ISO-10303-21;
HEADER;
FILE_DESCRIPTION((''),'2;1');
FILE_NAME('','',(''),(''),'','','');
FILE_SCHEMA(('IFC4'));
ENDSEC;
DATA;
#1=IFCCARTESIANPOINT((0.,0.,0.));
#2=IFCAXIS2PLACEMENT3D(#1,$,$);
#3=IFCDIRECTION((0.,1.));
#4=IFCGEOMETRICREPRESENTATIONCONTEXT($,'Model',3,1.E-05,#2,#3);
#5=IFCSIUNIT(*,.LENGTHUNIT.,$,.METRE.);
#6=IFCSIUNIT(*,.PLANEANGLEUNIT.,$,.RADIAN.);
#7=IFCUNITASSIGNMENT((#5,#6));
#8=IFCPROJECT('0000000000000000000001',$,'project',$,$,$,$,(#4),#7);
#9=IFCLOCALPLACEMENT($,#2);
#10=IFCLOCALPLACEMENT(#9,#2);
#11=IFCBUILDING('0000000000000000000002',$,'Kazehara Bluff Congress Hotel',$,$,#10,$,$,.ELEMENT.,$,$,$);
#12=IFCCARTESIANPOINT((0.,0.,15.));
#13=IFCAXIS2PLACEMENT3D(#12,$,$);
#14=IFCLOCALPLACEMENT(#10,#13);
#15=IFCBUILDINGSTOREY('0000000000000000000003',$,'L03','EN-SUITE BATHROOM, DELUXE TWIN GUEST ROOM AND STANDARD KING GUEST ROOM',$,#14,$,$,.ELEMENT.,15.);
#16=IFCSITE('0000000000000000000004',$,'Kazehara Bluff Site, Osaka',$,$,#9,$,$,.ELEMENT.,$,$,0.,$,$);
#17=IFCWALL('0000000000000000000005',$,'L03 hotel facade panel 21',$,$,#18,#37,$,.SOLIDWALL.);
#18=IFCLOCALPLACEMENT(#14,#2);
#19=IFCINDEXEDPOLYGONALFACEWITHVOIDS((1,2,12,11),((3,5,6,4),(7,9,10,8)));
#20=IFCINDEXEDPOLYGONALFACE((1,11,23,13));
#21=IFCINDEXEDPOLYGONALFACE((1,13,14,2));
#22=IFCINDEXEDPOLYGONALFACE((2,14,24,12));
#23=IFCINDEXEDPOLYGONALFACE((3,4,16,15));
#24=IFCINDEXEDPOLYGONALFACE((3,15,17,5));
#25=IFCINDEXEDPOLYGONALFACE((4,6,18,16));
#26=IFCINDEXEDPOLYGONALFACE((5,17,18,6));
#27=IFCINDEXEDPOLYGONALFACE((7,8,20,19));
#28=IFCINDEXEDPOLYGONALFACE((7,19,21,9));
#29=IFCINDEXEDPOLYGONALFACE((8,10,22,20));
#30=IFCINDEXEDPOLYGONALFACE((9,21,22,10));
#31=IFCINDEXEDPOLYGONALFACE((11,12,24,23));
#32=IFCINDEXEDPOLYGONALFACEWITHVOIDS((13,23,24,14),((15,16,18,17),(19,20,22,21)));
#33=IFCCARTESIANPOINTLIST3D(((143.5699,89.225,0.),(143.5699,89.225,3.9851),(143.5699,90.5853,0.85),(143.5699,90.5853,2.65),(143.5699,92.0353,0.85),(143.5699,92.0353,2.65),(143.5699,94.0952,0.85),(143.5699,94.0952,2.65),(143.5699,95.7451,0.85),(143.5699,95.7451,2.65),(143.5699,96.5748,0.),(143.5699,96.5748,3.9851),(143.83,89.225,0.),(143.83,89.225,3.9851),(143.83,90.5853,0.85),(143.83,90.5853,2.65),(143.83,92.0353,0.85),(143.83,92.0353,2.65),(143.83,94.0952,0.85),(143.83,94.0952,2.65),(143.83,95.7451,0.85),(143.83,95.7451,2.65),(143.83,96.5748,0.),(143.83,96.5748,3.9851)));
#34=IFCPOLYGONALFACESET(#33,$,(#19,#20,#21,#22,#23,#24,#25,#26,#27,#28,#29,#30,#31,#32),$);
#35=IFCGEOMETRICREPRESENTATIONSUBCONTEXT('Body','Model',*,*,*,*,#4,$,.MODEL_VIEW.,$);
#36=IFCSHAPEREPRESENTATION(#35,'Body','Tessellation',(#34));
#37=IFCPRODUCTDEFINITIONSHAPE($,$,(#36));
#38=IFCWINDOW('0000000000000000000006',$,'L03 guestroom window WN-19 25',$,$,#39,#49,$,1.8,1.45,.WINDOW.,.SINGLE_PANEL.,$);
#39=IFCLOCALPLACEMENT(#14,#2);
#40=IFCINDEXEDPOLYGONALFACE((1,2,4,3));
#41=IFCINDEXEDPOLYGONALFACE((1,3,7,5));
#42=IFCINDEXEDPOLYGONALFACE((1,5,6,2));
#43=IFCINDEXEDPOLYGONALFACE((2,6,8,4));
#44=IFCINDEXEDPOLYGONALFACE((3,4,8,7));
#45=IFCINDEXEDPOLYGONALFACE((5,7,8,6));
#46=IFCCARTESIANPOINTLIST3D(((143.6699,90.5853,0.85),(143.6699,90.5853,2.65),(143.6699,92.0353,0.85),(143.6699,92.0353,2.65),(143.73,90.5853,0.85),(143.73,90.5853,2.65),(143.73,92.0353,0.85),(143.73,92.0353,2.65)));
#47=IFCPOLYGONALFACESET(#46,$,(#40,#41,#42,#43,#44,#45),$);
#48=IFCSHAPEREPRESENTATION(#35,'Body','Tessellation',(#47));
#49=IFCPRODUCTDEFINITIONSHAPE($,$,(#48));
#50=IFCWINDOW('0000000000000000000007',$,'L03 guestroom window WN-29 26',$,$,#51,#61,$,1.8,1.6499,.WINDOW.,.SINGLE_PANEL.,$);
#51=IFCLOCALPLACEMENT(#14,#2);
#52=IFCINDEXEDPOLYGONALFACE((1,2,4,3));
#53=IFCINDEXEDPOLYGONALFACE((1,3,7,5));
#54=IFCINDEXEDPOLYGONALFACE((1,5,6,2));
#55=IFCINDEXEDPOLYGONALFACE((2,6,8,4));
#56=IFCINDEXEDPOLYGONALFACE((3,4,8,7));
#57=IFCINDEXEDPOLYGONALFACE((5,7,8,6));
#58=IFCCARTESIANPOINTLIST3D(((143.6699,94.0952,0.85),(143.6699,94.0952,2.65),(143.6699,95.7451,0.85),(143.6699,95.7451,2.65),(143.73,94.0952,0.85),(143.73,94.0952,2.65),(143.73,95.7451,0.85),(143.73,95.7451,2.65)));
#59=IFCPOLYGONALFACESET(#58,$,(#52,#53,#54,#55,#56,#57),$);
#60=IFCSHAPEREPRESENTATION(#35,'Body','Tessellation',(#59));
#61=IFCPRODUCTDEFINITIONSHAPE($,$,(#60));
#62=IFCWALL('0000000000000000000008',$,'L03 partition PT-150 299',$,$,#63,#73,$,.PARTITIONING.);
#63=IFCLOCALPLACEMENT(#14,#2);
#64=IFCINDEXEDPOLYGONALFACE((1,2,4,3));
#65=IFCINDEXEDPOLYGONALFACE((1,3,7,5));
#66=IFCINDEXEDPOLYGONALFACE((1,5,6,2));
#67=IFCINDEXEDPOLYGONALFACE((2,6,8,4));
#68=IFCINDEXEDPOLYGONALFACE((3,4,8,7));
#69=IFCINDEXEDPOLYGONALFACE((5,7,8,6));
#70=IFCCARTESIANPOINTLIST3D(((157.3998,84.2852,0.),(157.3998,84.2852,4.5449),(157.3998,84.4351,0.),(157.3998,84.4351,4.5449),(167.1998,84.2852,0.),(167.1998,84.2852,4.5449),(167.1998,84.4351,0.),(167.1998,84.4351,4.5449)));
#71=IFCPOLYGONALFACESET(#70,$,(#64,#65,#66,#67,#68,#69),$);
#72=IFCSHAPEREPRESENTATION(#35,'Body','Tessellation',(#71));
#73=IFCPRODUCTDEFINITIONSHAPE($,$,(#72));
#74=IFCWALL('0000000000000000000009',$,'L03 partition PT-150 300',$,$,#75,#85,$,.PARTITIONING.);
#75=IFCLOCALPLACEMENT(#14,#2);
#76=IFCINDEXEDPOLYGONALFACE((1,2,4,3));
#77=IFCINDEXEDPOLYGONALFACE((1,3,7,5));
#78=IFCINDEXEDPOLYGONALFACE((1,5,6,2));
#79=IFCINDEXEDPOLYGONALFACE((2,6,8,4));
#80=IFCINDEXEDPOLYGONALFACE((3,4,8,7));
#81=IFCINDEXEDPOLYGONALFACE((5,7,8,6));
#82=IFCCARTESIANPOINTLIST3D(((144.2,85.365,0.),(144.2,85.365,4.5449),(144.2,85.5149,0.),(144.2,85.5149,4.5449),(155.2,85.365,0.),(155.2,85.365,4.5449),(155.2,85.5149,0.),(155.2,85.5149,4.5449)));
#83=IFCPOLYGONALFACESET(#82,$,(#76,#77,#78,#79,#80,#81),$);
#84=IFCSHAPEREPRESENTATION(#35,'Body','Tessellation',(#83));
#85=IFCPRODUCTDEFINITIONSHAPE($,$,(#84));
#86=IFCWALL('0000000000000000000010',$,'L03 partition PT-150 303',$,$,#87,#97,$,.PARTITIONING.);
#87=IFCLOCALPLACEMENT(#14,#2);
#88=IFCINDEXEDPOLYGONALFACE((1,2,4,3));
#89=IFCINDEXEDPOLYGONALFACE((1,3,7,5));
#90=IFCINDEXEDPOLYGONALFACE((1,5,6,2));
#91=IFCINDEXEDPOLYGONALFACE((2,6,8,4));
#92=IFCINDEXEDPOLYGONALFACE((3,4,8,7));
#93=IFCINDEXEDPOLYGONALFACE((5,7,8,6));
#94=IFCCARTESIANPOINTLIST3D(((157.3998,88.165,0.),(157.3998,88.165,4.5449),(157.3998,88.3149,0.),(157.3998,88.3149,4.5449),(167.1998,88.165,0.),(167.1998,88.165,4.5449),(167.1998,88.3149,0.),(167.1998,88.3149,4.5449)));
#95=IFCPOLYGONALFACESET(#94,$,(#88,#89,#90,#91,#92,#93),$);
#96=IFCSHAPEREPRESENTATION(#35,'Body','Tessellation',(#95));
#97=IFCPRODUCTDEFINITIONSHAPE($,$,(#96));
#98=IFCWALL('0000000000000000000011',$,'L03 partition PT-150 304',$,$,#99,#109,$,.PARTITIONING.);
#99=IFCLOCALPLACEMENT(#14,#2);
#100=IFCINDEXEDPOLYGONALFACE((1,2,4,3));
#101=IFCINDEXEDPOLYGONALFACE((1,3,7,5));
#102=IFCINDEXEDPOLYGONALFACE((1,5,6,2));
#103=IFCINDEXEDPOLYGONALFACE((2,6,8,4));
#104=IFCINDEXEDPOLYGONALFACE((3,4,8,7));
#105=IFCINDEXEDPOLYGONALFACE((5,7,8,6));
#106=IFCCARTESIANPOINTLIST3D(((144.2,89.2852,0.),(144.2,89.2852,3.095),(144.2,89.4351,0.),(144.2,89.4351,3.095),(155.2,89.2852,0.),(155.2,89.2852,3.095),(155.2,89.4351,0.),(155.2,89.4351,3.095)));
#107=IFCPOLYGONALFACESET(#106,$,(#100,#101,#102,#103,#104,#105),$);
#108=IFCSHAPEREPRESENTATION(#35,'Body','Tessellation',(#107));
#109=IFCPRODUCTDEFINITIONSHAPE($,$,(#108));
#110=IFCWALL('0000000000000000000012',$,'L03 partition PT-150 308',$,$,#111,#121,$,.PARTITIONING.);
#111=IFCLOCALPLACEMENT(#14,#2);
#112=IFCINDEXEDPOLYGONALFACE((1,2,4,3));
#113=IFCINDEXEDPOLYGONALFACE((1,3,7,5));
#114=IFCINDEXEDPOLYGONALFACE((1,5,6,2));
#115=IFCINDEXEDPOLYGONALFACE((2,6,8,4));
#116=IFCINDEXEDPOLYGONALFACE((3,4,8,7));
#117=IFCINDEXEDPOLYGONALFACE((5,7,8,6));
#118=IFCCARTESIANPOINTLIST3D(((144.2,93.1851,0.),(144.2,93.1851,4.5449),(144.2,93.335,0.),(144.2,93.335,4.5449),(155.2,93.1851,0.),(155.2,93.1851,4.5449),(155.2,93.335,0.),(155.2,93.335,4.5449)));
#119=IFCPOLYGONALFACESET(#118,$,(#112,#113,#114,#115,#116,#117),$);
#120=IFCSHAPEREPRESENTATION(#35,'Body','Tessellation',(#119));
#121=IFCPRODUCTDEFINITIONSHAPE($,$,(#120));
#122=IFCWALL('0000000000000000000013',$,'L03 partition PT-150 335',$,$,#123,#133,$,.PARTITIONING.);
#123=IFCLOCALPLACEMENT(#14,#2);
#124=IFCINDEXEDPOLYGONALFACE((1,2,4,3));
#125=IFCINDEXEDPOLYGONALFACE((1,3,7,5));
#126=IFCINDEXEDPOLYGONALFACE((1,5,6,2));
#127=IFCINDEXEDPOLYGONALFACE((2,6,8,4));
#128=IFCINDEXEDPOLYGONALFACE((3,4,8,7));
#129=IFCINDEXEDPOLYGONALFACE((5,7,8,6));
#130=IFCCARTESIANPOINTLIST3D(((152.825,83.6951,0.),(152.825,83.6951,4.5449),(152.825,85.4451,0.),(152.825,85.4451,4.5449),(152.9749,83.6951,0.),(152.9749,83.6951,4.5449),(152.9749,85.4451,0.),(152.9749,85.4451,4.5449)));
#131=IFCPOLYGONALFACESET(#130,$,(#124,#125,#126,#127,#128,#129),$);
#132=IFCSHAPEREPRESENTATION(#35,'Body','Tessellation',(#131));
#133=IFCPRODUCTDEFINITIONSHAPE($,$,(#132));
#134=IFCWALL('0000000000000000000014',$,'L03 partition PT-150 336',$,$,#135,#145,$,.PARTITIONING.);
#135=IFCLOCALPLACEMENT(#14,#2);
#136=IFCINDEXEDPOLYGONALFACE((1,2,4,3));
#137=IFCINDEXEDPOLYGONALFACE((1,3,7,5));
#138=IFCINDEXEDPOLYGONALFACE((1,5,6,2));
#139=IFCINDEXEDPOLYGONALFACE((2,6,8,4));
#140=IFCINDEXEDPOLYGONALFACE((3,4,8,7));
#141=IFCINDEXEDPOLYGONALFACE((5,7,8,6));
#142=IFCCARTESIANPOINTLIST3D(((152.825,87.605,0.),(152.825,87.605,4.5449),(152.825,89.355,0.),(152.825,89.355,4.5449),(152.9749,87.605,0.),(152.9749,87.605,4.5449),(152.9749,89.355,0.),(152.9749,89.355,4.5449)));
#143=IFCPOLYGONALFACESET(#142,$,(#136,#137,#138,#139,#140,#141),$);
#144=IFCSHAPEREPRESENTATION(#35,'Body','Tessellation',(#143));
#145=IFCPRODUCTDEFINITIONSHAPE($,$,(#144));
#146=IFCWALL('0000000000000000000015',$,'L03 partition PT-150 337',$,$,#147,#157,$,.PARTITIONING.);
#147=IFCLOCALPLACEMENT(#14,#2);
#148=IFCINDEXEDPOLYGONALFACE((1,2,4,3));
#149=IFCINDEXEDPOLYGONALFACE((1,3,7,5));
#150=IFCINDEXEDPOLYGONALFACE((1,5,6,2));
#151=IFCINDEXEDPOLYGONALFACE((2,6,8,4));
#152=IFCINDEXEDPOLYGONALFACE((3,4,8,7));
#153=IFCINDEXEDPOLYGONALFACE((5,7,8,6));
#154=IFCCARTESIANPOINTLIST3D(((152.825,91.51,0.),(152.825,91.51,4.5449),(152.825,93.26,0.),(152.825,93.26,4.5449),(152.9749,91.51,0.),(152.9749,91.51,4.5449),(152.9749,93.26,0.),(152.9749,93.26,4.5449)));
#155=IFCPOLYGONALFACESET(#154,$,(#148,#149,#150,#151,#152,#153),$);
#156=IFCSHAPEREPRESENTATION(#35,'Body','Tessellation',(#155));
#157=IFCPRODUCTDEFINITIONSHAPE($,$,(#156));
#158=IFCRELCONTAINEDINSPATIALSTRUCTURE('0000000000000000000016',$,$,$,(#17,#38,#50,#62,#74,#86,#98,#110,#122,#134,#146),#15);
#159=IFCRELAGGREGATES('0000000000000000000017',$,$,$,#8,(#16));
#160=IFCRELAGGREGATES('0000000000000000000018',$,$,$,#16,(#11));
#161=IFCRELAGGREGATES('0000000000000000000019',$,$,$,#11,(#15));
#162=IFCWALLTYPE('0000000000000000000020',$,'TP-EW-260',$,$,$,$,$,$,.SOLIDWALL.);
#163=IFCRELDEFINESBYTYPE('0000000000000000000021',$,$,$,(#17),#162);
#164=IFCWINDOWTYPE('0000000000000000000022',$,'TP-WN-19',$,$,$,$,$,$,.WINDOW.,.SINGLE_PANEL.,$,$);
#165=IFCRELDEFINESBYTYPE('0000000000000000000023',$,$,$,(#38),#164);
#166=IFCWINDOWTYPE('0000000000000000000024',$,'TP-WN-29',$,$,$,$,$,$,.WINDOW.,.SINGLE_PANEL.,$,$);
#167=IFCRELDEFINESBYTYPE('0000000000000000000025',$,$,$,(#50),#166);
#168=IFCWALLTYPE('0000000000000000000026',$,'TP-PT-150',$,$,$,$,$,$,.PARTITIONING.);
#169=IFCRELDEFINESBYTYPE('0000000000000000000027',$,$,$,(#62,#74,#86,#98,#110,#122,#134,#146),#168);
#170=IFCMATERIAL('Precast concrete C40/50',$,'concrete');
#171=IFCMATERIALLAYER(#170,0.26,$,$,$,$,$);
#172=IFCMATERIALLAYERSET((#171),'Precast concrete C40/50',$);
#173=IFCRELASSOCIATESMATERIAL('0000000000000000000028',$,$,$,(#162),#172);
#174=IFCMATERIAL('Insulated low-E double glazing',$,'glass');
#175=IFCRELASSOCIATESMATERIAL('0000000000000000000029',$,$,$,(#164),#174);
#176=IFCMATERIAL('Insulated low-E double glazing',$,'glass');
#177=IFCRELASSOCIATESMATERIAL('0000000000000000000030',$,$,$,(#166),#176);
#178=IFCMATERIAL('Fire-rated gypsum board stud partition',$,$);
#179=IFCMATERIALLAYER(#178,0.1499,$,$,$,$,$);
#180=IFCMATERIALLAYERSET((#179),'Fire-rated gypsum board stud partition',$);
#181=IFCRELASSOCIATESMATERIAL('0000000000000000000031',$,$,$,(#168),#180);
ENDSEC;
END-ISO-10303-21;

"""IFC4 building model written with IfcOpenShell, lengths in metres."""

from ifc_helpers import new_model, si_unit, direction, frame, frame_2d, origin, place, context, subcontext, project, spatial, rectangle, extrude, material, layer, layer_set, type_object, element, fill, save


model = new_model("IFC4")

# Units and contexts
model_context = context("Model", 3, precision=1e-05, world=origin(), true_north=direction((0.0, 1.0)))
body_context = subcontext(model_context, "Body", "Model", "MODEL_VIEW")
ifc_project = project(units=[si_unit("LENGTHUNIT", "METRE"), si_unit("PLANEANGLEUNIT", "RADIAN")], contexts=[model_context])

# Site, building, storey
site_placement = place(None, origin())
site = spatial("IfcSite", under=ifc_project, at=site_placement, Name="Kazehara Bluff Site, Osaka", CompositionType="ELEMENT", RefElevation=0.0)
building_placement = place(site_placement, origin())
building = spatial("IfcBuilding", under=site, at=building_placement, Name="Kazehara Bluff Congress Hotel", CompositionType="ELEMENT")
storey_placement = place(building_placement, frame((0.0, 0.0, 15.0)))
storey = spatial("IfcBuildingStorey", under=building, at=storey_placement, Name="L03", Description="EN-SUITE BATHROOM, DELUXE TWIN GUEST ROOM AND STANDARD KING GUEST ROOM", CompositionType="ELEMENT", Elevation=15.0)

# Wall, openings, windows
ifc_material_1 = material(Name="Precast concrete C40/50", Category="concrete")
ifc_layer_1 = layer(ifc_material_1, 0.26)
ifc_layer_set_1 = layer_set([ifc_layer_1], Name="Precast concrete C40/50")
wall_type_1 = type_object("IfcWallType", Name="TP-EW-260", PredefinedType="SOLIDWALL", material=ifc_layer_set_1)
wall_1_placement = place(storey_placement, frame((143.7, 89.2251, 0.0), z_axis=(0.0, 0.0, 1.0), x_axis=(0.0, 1.0, 0.0)))
wall_1 = element("IfcWall", 1, at=wall_1_placement, inside=storey, type_object=wall_type_1, Name="L03 hotel facade panel 21", PredefinedType="SOLIDWALL", context=body_context, shape_type="SweptSolid", body=[
    extrude(rectangle(XDim=7.3499, YDim=0.26, at=frame_2d((3.6748, 0.0))), origin(), (0.0, 0.0, 1.0), 3.9851),
])
opening_1_placement = place(wall_1_placement, frame((1.3601, 0.0, 0.8501)))
opening_1 = element("IfcOpeningElement", 2, at=opening_1_placement, cuts=wall_1, PredefinedType="OPENING", context=body_context, shape_type="SweptSolid", body=[
    extrude(rectangle(XDim=1.45, YDim=1.8, at=frame_2d((0.7251, 0.8999))), frame((0.0, 0.1399, 0.0), z_axis=(0.0, -1.0, 0.0), x_axis=(1.0, 0.0, 0.0)), (0.0, 0.0, 1.0), 0.28),
])
opening_2_placement = place(wall_1_placement, frame((4.8701, 0.0, 0.8501)))
opening_2 = element("IfcOpeningElement", 3, at=opening_2_placement, cuts=wall_1, PredefinedType="OPENING", context=body_context, shape_type="SweptSolid", body=[
    extrude(rectangle(XDim=1.6499, YDim=1.8, at=frame_2d((0.825, 0.8999))), frame((0.0, 0.1399, 0.0), z_axis=(0.0, -1.0, 0.0), x_axis=(1.0, 0.0, 0.0)), (0.0, 0.0, 1.0), 0.28),
])
ifc_material_2 = material(Name="Insulated low-E double glazing", Category="glass")
window_type_1 = type_object("IfcWindowType", Name="TP-WN-19", PartitioningType="SINGLE_PANEL", PredefinedType="WINDOW", material=ifc_material_2)
window_1_placement = place(opening_1_placement, origin())
window_1 = element("IfcWindow", 4, at=window_1_placement, inside=storey, type_object=window_type_1, Name="L03 guestroom window WN-19 25", OverallHeight=1.8, OverallWidth=1.45, PartitioningType="SINGLE_PANEL", PredefinedType="WINDOW", context=body_context, shape_type="SweptSolid", body=[
    extrude(rectangle(XDim=1.45, YDim=1.8, at=frame_2d((0.7251, 0.8999))), frame((0.0, 0.03, 0.0), z_axis=(0.0, -1.0, 0.0), x_axis=(1.0, 0.0, 0.0)), (0.0, 0.0, 1.0), 0.0601),
])
fill(opening_1, window_1)
ifc_material_3 = material(Name="Insulated low-E double glazing", Category="glass")
window_type_2 = type_object("IfcWindowType", Name="TP-WN-29", PartitioningType="SINGLE_PANEL", PredefinedType="WINDOW", material=ifc_material_3)
window_2_placement = place(opening_2_placement, origin())
window_2 = element("IfcWindow", 5, at=window_2_placement, inside=storey, type_object=window_type_2, Name="L03 guestroom window WN-29 26", OverallHeight=1.8, OverallWidth=1.6499, PartitioningType="SINGLE_PANEL", PredefinedType="WINDOW", context=body_context, shape_type="SweptSolid", body=[
    extrude(rectangle(XDim=1.6499, YDim=1.8, at=frame_2d((0.825, 0.8999))), frame((0.0, 0.03, 0.0), z_axis=(0.0, -1.0, 0.0), x_axis=(1.0, 0.0, 0.0)), (0.0, 0.0, 1.0), 0.0601),
])
fill(opening_2, window_2)

# Walls
ifc_material_4 = material(Name="Fire-rated gypsum board stud partition")
ifc_layer_2 = layer(ifc_material_4, 0.1499)
ifc_layer_set_2 = layer_set([ifc_layer_2], Name="Fire-rated gypsum board stud partition")
wall_type_2 = type_object("IfcWallType", Name="TP-PT-150", PredefinedType="PARTITIONING", material=ifc_layer_set_2)
wall_2_placement = place(storey_placement, frame((157.3999, 84.3601, 0.0), z_axis=(0.0, 0.0, 1.0), x_axis=(1.0, 0.0, 0.0)))
element("IfcWall", 6, at=wall_2_placement, inside=storey, type_object=wall_type_2, Name="L03 partition PT-150 299", PredefinedType="PARTITIONING", context=body_context, shape_type="SweptSolid", body=[
    extrude(rectangle(XDim=9.8, YDim=0.1499, at=frame_2d((4.8999, 0.0))), origin(), (0.0, 0.0, 1.0), 4.5449),
])
wall_3_placement = place(storey_placement, frame((144.2, 85.4399, 0.0), z_axis=(0.0, 0.0, 1.0), x_axis=(1.0, 0.0, 0.0)))
element("IfcWall", 7, at=wall_3_placement, inside=storey, type_object=wall_type_2, Name="L03 partition PT-150 300", PredefinedType="PARTITIONING", context=body_context, shape_type="SweptSolid", body=[
    extrude(rectangle(XDim=11.0, YDim=0.1499, at=frame_2d((5.5, 0.0))), origin(), (0.0, 0.0, 1.0), 4.5449),
])

# Walls
wall_4_placement = place(storey_placement, frame((157.3999, 88.24, 0.0), z_axis=(0.0, 0.0, 1.0), x_axis=(1.0, 0.0, 0.0)))
element("IfcWall", 8, at=wall_4_placement, inside=storey, type_object=wall_type_2, Name="L03 partition PT-150 303", PredefinedType="PARTITIONING", context=body_context, shape_type="SweptSolid", body=[
    extrude(rectangle(XDim=9.8, YDim=0.1499, at=frame_2d((4.8999, 0.0))), origin(), (0.0, 0.0, 1.0), 4.5449),
])
wall_5_placement = place(storey_placement, frame((144.2, 89.3601, 0.0), z_axis=(0.0, 0.0, 1.0), x_axis=(1.0, 0.0, 0.0)))
element("IfcWall", 9, at=wall_5_placement, inside=storey, type_object=wall_type_2, Name="L03 partition PT-150 304", PredefinedType="PARTITIONING", context=body_context, shape_type="SweptSolid", body=[
    extrude(rectangle(XDim=11.0, YDim=0.1499, at=frame_2d((5.5, 0.0))), origin(), (0.0, 0.0, 1.0), 3.095),
])

# Walls
wall_6_placement = place(storey_placement, frame((144.2, 93.26, 0.0), z_axis=(0.0, 0.0, 1.0), x_axis=(1.0, 0.0, 0.0)))
element("IfcWall", 10, at=wall_6_placement, inside=storey, type_object=wall_type_2, Name="L03 partition PT-150 308", PredefinedType="PARTITIONING", context=body_context, shape_type="SweptSolid", body=[
    extrude(rectangle(XDim=11.0, YDim=0.1499, at=frame_2d((5.5, 0.0))), origin(), (0.0, 0.0, 1.0), 4.5449),
])
for number, where, z_axis, x_axis, name in (
    (11, (152.8999, 83.6951, 0.0), (0.0, 0.0, 1.0), (0.0, 1.0, 0.0), "L03 partition PT-150 335"),
    (12, (152.8999, 87.605, 0.0), (0.0, 0.0, 1.0), (0.0, 1.0, 0.0), "L03 partition PT-150 336"),
    (13, (152.8999, 91.51, 0.0), (0.0, 0.0, 1.0), (0.0, 1.0, 0.0), "L03 partition PT-150 337"),
):
    element("IfcWall", number, at=place(storey_placement, frame(where, z_axis=z_axis, x_axis=x_axis)), inside=storey, type_object=wall_type_2, Name=name, PredefinedType="PARTITIONING", context=body_context, shape_type="SweptSolid", body=[
        extrude(rectangle(XDim=1.75, YDim=0.1499, at=frame_2d((0.875, 0.0))), origin(), (0.0, 0.0, 1.0), 4.5449),
    ])

save(model, "model.ifc")
